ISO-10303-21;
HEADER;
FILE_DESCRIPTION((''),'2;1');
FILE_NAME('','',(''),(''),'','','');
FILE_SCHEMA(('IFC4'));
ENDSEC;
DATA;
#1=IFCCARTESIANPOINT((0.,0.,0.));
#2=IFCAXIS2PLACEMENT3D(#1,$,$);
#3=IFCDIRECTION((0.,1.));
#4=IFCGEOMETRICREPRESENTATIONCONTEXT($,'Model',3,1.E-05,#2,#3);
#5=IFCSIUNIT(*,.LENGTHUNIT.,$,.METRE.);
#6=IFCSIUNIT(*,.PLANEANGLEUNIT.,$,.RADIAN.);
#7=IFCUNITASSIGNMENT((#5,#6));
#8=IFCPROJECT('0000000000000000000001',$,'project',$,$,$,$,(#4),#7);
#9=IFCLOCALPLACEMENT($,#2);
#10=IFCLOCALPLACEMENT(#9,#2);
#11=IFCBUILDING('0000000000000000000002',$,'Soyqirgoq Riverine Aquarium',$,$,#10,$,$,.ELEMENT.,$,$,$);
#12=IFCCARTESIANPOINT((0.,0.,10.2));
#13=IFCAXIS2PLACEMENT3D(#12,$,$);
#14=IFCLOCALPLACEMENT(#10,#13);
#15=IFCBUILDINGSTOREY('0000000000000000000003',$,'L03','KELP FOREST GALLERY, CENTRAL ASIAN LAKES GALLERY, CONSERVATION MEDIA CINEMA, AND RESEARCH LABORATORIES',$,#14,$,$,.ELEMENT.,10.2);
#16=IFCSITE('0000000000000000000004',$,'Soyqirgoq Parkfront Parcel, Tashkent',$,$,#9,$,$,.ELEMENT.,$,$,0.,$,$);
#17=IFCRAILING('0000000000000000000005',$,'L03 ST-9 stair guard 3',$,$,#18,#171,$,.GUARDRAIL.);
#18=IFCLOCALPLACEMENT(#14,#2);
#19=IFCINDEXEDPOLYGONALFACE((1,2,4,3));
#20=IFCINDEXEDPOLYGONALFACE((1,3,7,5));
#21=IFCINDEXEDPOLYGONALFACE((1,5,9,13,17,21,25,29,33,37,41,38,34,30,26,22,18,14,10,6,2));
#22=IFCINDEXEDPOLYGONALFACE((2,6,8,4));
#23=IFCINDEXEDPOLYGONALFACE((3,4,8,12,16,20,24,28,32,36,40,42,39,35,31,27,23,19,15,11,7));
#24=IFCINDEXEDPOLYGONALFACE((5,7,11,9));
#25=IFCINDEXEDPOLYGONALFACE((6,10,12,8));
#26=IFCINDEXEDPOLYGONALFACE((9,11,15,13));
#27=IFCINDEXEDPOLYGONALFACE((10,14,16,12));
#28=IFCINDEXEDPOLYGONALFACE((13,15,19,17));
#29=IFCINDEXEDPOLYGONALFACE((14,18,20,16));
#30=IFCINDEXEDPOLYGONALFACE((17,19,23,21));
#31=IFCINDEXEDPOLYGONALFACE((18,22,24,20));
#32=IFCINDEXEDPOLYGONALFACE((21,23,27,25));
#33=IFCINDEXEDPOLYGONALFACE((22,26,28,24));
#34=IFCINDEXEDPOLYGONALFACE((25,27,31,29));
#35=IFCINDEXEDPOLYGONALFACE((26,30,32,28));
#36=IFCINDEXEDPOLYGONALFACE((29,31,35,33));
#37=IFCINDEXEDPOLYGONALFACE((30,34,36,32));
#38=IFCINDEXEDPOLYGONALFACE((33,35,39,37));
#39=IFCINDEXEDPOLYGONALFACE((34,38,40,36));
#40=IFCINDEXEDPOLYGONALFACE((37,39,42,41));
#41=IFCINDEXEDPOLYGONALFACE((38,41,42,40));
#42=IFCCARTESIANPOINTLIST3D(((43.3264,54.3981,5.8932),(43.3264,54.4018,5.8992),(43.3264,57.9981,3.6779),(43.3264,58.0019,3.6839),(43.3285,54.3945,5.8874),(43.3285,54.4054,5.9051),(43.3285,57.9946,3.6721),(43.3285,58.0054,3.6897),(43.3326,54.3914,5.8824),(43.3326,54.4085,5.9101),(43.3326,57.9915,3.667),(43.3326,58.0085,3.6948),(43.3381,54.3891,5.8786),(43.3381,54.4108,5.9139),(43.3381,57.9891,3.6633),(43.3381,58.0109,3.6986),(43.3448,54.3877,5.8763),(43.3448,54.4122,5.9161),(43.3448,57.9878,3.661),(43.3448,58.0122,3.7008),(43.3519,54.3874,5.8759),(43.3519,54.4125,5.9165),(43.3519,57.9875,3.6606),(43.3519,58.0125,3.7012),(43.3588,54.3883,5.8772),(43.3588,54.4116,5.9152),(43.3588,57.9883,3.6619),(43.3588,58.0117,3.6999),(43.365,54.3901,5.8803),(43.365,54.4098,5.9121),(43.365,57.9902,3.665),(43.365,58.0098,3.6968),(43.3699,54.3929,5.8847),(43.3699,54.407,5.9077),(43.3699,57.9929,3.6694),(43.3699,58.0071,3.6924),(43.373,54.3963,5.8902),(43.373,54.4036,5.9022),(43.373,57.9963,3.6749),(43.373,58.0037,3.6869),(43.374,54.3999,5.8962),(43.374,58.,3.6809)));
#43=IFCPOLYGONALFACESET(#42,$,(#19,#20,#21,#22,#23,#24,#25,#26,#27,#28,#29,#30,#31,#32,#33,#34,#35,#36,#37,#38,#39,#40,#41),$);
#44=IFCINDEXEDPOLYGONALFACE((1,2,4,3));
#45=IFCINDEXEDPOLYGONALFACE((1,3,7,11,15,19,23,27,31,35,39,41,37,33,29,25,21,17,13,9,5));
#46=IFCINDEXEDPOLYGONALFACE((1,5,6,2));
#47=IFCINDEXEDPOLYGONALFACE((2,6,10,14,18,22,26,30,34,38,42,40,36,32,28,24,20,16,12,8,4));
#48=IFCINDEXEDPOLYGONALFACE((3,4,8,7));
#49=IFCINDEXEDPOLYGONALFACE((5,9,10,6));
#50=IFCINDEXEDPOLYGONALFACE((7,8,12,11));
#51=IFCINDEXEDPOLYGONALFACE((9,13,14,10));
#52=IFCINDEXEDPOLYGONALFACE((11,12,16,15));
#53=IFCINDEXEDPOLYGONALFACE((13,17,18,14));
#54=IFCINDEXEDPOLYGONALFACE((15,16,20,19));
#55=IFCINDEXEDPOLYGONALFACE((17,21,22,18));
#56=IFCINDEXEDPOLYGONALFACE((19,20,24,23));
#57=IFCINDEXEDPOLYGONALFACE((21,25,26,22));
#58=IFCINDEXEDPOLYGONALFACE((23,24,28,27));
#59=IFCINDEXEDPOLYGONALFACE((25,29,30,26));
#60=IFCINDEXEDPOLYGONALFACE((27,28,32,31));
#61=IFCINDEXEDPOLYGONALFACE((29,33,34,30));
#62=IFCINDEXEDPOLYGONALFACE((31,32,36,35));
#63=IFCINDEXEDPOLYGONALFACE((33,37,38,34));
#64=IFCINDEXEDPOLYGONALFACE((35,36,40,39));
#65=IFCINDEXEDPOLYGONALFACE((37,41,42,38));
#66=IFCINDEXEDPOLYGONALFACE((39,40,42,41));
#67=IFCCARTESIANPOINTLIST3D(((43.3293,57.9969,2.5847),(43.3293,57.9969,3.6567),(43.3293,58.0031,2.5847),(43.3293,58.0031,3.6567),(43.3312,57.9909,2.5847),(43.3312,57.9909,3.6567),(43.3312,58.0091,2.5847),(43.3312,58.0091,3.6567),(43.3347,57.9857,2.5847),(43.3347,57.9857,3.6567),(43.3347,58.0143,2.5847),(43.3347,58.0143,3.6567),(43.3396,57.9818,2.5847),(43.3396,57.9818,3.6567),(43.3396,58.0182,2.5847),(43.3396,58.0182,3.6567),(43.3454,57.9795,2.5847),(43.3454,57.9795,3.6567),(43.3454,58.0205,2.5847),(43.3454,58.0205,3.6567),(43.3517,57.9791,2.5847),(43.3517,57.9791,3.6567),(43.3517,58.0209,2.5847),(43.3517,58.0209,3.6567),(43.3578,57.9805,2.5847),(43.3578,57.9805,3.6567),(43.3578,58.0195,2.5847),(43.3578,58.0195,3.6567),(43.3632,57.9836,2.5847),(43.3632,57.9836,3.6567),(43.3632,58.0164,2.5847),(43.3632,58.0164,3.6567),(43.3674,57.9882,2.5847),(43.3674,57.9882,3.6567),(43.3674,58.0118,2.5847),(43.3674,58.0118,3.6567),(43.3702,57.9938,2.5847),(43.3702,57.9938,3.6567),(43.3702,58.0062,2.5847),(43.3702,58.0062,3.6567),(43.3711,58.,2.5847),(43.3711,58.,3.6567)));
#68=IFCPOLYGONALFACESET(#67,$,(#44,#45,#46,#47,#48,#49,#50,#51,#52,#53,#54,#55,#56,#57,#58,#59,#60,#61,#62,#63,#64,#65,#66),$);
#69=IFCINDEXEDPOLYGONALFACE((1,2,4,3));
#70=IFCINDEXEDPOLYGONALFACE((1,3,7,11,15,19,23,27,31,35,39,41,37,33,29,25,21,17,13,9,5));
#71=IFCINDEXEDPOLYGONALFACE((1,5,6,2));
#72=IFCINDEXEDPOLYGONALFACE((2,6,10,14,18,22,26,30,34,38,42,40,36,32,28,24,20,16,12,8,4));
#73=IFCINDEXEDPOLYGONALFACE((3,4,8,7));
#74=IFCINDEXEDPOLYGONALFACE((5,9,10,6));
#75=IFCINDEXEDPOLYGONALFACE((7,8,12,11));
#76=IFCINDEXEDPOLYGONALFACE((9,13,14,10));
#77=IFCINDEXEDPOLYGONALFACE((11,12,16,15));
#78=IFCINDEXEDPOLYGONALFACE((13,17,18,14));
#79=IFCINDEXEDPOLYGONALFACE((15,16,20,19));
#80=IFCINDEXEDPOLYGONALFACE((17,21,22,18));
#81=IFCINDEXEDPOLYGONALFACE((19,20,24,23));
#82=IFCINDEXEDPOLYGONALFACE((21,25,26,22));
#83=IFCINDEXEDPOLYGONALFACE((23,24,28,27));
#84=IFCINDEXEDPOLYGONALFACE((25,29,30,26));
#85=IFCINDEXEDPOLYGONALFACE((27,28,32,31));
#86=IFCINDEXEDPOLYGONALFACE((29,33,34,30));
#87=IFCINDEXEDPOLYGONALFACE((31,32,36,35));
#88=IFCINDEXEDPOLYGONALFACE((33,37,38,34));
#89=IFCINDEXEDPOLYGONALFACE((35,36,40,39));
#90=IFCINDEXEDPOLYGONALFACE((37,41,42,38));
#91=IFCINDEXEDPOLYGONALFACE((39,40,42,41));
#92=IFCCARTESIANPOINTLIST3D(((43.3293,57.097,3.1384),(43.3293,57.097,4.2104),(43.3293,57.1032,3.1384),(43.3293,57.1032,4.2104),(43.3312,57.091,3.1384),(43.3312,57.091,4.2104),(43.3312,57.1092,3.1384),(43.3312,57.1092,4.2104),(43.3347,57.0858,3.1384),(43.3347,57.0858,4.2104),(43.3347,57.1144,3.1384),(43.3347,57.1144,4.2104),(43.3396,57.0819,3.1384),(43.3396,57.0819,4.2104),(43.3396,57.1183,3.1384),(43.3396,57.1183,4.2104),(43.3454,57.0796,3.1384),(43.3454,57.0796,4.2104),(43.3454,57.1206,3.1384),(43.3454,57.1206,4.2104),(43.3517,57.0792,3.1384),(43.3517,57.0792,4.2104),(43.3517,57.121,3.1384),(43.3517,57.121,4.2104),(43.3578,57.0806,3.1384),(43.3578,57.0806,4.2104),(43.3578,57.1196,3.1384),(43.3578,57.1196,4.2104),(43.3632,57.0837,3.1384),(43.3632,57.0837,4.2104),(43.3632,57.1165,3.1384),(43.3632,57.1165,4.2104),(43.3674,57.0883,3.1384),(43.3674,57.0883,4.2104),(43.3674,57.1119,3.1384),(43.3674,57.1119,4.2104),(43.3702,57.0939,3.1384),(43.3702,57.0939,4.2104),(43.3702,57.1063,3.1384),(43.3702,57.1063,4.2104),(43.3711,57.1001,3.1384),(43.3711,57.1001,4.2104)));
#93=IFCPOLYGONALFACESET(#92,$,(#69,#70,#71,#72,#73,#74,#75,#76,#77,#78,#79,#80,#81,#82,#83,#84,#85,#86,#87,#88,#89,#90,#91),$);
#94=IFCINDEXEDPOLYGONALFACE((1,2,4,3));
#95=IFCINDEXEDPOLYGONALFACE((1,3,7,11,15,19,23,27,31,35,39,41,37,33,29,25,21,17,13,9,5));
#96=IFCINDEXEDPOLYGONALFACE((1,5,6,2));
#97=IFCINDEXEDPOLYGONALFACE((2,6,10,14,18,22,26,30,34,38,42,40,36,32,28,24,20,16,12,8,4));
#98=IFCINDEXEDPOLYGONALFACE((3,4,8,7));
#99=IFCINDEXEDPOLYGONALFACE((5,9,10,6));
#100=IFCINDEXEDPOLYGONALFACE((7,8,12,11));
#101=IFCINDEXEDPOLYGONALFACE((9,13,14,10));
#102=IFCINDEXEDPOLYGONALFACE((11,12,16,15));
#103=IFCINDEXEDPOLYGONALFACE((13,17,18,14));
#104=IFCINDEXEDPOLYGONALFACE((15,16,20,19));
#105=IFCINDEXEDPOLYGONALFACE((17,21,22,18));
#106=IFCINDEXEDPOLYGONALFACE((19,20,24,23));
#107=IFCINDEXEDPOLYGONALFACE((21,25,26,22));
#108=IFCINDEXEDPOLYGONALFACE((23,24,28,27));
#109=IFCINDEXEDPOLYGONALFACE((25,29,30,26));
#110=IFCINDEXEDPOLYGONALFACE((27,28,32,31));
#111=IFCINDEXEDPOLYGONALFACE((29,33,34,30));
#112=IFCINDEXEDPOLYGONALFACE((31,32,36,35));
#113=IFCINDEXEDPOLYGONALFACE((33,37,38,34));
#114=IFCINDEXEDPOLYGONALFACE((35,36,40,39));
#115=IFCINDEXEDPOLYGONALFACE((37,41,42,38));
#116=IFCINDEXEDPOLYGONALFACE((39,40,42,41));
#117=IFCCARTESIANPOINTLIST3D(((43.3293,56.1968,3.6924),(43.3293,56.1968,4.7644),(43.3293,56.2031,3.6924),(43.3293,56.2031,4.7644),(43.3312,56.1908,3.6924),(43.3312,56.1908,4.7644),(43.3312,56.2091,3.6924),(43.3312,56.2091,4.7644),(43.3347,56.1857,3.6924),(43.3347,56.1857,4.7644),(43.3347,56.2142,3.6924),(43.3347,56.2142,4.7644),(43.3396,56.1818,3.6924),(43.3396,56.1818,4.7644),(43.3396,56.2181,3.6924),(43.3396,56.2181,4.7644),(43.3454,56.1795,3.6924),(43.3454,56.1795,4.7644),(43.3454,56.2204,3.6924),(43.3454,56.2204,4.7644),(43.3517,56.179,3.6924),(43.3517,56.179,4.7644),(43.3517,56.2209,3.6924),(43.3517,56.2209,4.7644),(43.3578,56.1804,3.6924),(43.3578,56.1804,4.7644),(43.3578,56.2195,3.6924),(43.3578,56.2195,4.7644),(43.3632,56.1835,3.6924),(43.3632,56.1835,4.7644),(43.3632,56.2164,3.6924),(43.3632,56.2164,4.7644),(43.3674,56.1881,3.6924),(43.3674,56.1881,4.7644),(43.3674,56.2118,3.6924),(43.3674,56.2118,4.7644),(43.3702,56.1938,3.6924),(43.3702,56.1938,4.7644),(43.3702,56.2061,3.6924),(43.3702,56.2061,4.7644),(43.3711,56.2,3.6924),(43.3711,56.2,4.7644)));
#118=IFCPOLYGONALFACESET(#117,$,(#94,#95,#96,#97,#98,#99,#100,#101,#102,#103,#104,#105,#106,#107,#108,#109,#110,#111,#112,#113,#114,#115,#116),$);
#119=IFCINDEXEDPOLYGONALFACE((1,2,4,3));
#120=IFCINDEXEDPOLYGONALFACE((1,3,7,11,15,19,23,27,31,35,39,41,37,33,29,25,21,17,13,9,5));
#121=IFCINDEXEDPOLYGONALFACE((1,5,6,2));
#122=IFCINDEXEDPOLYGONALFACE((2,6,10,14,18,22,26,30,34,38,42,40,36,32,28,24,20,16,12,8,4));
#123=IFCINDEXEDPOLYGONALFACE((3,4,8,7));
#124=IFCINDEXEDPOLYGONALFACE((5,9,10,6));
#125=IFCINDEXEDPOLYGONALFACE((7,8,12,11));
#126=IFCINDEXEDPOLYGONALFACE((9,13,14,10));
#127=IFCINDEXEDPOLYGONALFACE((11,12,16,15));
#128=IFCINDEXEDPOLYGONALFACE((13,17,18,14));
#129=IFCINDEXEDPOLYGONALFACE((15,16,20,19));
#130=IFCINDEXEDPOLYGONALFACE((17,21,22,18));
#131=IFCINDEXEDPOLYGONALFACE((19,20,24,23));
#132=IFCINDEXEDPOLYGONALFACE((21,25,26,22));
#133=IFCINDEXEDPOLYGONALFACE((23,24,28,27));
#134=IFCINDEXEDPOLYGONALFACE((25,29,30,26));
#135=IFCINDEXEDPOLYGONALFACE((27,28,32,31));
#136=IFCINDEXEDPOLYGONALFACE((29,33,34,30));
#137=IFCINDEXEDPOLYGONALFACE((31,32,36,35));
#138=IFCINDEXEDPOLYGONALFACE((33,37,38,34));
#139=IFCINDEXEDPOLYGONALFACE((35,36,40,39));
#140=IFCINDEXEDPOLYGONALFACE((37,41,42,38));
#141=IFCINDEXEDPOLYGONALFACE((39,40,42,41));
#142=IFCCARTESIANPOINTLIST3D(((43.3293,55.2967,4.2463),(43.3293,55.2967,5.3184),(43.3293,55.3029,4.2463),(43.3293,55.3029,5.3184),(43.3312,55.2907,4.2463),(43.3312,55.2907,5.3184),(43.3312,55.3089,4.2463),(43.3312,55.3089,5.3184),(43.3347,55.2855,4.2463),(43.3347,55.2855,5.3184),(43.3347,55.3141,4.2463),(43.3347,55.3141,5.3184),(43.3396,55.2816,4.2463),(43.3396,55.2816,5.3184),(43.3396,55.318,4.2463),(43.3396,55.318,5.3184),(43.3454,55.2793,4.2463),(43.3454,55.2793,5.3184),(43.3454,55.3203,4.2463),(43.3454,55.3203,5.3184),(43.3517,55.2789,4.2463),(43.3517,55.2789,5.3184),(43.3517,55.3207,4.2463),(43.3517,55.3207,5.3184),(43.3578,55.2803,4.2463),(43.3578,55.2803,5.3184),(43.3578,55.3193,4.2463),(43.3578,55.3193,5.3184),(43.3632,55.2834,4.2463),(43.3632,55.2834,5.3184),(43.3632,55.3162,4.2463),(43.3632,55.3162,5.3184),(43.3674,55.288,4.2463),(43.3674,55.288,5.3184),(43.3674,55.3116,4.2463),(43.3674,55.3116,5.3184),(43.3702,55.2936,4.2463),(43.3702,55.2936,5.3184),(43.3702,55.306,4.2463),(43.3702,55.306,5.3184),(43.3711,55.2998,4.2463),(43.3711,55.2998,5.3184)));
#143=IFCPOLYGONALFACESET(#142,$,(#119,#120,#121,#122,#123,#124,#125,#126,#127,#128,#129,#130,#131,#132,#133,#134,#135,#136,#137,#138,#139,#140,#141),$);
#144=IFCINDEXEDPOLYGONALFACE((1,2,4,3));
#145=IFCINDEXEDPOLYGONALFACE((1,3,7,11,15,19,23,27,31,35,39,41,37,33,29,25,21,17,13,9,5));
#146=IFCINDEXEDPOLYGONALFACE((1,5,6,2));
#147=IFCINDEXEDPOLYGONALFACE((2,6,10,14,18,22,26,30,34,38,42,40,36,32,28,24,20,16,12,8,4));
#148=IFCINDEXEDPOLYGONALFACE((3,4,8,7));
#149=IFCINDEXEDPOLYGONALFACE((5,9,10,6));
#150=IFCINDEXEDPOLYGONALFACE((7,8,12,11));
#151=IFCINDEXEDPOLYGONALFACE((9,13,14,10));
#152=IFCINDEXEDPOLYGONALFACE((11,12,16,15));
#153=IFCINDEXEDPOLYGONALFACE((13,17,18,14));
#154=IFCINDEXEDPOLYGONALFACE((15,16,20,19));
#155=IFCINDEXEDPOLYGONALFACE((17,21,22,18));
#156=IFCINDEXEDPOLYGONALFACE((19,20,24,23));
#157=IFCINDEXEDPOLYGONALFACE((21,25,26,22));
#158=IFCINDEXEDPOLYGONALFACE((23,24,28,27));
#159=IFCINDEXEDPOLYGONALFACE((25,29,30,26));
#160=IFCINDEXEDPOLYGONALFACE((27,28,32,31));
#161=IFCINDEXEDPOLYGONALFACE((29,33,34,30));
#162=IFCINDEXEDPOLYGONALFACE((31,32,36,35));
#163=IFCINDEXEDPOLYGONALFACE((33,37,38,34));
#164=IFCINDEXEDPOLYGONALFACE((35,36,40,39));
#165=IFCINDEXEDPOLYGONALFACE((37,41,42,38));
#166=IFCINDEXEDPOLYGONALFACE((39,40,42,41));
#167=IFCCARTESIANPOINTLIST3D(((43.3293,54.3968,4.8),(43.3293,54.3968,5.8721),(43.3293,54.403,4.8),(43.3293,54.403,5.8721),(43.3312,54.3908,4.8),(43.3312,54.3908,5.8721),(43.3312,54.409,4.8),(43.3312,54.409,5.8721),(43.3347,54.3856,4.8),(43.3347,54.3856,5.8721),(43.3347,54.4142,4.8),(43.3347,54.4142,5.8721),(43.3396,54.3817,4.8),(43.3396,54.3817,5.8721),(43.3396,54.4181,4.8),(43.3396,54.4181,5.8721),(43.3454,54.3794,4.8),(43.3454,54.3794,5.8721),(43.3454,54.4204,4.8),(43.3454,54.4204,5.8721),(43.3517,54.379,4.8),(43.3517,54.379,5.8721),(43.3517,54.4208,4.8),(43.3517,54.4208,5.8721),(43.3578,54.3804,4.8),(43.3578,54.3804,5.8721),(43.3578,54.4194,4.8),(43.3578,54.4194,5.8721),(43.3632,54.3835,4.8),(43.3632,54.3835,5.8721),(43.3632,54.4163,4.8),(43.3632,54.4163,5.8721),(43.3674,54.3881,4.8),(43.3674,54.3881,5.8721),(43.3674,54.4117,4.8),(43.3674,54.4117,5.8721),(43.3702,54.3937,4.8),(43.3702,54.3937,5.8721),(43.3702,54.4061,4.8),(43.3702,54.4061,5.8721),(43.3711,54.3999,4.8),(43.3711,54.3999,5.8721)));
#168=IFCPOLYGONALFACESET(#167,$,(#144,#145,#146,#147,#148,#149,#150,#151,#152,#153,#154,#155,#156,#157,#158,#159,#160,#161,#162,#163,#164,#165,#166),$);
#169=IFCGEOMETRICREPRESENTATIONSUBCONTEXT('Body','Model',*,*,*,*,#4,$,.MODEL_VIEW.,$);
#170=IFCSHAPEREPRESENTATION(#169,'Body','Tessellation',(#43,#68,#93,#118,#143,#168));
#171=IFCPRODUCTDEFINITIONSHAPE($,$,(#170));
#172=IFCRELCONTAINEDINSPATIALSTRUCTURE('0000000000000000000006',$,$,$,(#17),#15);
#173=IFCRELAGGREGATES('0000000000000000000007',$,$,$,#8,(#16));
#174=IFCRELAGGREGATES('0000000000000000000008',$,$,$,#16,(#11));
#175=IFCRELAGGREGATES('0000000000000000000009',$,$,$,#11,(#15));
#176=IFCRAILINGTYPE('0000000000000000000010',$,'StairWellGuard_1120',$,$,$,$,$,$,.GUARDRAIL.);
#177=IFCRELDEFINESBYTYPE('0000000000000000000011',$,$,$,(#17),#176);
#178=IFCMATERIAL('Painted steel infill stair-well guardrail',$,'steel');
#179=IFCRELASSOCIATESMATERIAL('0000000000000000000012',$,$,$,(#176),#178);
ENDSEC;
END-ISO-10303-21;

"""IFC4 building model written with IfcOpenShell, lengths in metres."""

from ifc_helpers import new_model, si_unit, direction, frame, origin, origin_2d, place, context, subcontext, project, spatial, circle, extrude, material, type_object, element, save


model = new_model("IFC4")

# Units and contexts
model_context = context("Model", 3, precision=1e-05, world=origin(), true_north=direction((0.0, 1.0)))
body_context = subcontext(model_context, "Body", "Model", "MODEL_VIEW")
ifc_project = project(units=[si_unit("LENGTHUNIT", "METRE"), si_unit("PLANEANGLEUNIT", "RADIAN")], contexts=[model_context])

# Site, building, storey
site_placement = place(None, origin())
site = spatial("IfcSite", under=ifc_project, at=site_placement, Name="Soyqirgoq Parkfront Parcel, Tashkent", CompositionType="ELEMENT", RefElevation=0.0)
building_placement = place(site_placement, origin())
building = spatial("IfcBuilding", under=site, at=building_placement, Name="Soyqirgoq Riverine Aquarium", CompositionType="ELEMENT")
storey_placement = place(building_placement, frame((0.0, 0.0, 10.2)))
storey = spatial("IfcBuildingStorey", under=building, at=storey_placement, Name="L03", Description="KELP FOREST GALLERY, CENTRAL ASIAN LAKES GALLERY, CONSERVATION MEDIA CINEMA, AND RESEARCH LABORATORIES", CompositionType="ELEMENT", Elevation=10.2)

# Railing
ifc_material_1 = material(Name="Painted steel infill stair-well guardrail", Category="steel")
railing_type_1 = type_object("IfcRailingType", Name="StairWellGuard_1120", PredefinedType="GUARDRAIL", material=ifc_material_1)
railing_1_placement = place(storey_placement, frame((43.3501, 58.0, 2.5847)))
element("IfcRailing", 1, at=railing_1_placement, inside=storey, type_object=railing_type_1, Name="L03 ST-9 stair guard 3", PredefinedType="GUARDRAIL", context=body_context, shape_type="SweptSolid", body=[
    extrude(circle(Radius=0.0239, at=origin_2d()), frame((0.0, 0.0, 1.0962), z_axis=(0.0, -0.85167, 0.524078), x_axis=(1.0, 0.0, 0.0)), (0.0, 0.0, 1.0), 4.2271),
    extrude(circle(Radius=0.021, at=origin_2d()), origin(), (0.0, 0.0, 1.0), 1.072),
    extrude(circle(Radius=0.021, at=origin_2d()), frame((0.0, -0.8999, 0.5537)), (0.0, 0.0, 1.0), 1.072),
    extrude(circle(Radius=0.021, at=origin_2d()), frame((0.0, -1.8, 1.1077)), (0.0, 0.0, 1.0), 1.072),
    extrude(circle(Radius=0.021, at=origin_2d()), frame((0.0, -2.7002, 1.6616)), (0.0, 0.0, 1.0), 1.072),
    extrude(circle(Radius=0.021, at=origin_2d()), frame((0.0, -3.6001, 2.2153)), (0.0, 0.0, 1.0), 1.072),
])

save(model, "model.ifc")
